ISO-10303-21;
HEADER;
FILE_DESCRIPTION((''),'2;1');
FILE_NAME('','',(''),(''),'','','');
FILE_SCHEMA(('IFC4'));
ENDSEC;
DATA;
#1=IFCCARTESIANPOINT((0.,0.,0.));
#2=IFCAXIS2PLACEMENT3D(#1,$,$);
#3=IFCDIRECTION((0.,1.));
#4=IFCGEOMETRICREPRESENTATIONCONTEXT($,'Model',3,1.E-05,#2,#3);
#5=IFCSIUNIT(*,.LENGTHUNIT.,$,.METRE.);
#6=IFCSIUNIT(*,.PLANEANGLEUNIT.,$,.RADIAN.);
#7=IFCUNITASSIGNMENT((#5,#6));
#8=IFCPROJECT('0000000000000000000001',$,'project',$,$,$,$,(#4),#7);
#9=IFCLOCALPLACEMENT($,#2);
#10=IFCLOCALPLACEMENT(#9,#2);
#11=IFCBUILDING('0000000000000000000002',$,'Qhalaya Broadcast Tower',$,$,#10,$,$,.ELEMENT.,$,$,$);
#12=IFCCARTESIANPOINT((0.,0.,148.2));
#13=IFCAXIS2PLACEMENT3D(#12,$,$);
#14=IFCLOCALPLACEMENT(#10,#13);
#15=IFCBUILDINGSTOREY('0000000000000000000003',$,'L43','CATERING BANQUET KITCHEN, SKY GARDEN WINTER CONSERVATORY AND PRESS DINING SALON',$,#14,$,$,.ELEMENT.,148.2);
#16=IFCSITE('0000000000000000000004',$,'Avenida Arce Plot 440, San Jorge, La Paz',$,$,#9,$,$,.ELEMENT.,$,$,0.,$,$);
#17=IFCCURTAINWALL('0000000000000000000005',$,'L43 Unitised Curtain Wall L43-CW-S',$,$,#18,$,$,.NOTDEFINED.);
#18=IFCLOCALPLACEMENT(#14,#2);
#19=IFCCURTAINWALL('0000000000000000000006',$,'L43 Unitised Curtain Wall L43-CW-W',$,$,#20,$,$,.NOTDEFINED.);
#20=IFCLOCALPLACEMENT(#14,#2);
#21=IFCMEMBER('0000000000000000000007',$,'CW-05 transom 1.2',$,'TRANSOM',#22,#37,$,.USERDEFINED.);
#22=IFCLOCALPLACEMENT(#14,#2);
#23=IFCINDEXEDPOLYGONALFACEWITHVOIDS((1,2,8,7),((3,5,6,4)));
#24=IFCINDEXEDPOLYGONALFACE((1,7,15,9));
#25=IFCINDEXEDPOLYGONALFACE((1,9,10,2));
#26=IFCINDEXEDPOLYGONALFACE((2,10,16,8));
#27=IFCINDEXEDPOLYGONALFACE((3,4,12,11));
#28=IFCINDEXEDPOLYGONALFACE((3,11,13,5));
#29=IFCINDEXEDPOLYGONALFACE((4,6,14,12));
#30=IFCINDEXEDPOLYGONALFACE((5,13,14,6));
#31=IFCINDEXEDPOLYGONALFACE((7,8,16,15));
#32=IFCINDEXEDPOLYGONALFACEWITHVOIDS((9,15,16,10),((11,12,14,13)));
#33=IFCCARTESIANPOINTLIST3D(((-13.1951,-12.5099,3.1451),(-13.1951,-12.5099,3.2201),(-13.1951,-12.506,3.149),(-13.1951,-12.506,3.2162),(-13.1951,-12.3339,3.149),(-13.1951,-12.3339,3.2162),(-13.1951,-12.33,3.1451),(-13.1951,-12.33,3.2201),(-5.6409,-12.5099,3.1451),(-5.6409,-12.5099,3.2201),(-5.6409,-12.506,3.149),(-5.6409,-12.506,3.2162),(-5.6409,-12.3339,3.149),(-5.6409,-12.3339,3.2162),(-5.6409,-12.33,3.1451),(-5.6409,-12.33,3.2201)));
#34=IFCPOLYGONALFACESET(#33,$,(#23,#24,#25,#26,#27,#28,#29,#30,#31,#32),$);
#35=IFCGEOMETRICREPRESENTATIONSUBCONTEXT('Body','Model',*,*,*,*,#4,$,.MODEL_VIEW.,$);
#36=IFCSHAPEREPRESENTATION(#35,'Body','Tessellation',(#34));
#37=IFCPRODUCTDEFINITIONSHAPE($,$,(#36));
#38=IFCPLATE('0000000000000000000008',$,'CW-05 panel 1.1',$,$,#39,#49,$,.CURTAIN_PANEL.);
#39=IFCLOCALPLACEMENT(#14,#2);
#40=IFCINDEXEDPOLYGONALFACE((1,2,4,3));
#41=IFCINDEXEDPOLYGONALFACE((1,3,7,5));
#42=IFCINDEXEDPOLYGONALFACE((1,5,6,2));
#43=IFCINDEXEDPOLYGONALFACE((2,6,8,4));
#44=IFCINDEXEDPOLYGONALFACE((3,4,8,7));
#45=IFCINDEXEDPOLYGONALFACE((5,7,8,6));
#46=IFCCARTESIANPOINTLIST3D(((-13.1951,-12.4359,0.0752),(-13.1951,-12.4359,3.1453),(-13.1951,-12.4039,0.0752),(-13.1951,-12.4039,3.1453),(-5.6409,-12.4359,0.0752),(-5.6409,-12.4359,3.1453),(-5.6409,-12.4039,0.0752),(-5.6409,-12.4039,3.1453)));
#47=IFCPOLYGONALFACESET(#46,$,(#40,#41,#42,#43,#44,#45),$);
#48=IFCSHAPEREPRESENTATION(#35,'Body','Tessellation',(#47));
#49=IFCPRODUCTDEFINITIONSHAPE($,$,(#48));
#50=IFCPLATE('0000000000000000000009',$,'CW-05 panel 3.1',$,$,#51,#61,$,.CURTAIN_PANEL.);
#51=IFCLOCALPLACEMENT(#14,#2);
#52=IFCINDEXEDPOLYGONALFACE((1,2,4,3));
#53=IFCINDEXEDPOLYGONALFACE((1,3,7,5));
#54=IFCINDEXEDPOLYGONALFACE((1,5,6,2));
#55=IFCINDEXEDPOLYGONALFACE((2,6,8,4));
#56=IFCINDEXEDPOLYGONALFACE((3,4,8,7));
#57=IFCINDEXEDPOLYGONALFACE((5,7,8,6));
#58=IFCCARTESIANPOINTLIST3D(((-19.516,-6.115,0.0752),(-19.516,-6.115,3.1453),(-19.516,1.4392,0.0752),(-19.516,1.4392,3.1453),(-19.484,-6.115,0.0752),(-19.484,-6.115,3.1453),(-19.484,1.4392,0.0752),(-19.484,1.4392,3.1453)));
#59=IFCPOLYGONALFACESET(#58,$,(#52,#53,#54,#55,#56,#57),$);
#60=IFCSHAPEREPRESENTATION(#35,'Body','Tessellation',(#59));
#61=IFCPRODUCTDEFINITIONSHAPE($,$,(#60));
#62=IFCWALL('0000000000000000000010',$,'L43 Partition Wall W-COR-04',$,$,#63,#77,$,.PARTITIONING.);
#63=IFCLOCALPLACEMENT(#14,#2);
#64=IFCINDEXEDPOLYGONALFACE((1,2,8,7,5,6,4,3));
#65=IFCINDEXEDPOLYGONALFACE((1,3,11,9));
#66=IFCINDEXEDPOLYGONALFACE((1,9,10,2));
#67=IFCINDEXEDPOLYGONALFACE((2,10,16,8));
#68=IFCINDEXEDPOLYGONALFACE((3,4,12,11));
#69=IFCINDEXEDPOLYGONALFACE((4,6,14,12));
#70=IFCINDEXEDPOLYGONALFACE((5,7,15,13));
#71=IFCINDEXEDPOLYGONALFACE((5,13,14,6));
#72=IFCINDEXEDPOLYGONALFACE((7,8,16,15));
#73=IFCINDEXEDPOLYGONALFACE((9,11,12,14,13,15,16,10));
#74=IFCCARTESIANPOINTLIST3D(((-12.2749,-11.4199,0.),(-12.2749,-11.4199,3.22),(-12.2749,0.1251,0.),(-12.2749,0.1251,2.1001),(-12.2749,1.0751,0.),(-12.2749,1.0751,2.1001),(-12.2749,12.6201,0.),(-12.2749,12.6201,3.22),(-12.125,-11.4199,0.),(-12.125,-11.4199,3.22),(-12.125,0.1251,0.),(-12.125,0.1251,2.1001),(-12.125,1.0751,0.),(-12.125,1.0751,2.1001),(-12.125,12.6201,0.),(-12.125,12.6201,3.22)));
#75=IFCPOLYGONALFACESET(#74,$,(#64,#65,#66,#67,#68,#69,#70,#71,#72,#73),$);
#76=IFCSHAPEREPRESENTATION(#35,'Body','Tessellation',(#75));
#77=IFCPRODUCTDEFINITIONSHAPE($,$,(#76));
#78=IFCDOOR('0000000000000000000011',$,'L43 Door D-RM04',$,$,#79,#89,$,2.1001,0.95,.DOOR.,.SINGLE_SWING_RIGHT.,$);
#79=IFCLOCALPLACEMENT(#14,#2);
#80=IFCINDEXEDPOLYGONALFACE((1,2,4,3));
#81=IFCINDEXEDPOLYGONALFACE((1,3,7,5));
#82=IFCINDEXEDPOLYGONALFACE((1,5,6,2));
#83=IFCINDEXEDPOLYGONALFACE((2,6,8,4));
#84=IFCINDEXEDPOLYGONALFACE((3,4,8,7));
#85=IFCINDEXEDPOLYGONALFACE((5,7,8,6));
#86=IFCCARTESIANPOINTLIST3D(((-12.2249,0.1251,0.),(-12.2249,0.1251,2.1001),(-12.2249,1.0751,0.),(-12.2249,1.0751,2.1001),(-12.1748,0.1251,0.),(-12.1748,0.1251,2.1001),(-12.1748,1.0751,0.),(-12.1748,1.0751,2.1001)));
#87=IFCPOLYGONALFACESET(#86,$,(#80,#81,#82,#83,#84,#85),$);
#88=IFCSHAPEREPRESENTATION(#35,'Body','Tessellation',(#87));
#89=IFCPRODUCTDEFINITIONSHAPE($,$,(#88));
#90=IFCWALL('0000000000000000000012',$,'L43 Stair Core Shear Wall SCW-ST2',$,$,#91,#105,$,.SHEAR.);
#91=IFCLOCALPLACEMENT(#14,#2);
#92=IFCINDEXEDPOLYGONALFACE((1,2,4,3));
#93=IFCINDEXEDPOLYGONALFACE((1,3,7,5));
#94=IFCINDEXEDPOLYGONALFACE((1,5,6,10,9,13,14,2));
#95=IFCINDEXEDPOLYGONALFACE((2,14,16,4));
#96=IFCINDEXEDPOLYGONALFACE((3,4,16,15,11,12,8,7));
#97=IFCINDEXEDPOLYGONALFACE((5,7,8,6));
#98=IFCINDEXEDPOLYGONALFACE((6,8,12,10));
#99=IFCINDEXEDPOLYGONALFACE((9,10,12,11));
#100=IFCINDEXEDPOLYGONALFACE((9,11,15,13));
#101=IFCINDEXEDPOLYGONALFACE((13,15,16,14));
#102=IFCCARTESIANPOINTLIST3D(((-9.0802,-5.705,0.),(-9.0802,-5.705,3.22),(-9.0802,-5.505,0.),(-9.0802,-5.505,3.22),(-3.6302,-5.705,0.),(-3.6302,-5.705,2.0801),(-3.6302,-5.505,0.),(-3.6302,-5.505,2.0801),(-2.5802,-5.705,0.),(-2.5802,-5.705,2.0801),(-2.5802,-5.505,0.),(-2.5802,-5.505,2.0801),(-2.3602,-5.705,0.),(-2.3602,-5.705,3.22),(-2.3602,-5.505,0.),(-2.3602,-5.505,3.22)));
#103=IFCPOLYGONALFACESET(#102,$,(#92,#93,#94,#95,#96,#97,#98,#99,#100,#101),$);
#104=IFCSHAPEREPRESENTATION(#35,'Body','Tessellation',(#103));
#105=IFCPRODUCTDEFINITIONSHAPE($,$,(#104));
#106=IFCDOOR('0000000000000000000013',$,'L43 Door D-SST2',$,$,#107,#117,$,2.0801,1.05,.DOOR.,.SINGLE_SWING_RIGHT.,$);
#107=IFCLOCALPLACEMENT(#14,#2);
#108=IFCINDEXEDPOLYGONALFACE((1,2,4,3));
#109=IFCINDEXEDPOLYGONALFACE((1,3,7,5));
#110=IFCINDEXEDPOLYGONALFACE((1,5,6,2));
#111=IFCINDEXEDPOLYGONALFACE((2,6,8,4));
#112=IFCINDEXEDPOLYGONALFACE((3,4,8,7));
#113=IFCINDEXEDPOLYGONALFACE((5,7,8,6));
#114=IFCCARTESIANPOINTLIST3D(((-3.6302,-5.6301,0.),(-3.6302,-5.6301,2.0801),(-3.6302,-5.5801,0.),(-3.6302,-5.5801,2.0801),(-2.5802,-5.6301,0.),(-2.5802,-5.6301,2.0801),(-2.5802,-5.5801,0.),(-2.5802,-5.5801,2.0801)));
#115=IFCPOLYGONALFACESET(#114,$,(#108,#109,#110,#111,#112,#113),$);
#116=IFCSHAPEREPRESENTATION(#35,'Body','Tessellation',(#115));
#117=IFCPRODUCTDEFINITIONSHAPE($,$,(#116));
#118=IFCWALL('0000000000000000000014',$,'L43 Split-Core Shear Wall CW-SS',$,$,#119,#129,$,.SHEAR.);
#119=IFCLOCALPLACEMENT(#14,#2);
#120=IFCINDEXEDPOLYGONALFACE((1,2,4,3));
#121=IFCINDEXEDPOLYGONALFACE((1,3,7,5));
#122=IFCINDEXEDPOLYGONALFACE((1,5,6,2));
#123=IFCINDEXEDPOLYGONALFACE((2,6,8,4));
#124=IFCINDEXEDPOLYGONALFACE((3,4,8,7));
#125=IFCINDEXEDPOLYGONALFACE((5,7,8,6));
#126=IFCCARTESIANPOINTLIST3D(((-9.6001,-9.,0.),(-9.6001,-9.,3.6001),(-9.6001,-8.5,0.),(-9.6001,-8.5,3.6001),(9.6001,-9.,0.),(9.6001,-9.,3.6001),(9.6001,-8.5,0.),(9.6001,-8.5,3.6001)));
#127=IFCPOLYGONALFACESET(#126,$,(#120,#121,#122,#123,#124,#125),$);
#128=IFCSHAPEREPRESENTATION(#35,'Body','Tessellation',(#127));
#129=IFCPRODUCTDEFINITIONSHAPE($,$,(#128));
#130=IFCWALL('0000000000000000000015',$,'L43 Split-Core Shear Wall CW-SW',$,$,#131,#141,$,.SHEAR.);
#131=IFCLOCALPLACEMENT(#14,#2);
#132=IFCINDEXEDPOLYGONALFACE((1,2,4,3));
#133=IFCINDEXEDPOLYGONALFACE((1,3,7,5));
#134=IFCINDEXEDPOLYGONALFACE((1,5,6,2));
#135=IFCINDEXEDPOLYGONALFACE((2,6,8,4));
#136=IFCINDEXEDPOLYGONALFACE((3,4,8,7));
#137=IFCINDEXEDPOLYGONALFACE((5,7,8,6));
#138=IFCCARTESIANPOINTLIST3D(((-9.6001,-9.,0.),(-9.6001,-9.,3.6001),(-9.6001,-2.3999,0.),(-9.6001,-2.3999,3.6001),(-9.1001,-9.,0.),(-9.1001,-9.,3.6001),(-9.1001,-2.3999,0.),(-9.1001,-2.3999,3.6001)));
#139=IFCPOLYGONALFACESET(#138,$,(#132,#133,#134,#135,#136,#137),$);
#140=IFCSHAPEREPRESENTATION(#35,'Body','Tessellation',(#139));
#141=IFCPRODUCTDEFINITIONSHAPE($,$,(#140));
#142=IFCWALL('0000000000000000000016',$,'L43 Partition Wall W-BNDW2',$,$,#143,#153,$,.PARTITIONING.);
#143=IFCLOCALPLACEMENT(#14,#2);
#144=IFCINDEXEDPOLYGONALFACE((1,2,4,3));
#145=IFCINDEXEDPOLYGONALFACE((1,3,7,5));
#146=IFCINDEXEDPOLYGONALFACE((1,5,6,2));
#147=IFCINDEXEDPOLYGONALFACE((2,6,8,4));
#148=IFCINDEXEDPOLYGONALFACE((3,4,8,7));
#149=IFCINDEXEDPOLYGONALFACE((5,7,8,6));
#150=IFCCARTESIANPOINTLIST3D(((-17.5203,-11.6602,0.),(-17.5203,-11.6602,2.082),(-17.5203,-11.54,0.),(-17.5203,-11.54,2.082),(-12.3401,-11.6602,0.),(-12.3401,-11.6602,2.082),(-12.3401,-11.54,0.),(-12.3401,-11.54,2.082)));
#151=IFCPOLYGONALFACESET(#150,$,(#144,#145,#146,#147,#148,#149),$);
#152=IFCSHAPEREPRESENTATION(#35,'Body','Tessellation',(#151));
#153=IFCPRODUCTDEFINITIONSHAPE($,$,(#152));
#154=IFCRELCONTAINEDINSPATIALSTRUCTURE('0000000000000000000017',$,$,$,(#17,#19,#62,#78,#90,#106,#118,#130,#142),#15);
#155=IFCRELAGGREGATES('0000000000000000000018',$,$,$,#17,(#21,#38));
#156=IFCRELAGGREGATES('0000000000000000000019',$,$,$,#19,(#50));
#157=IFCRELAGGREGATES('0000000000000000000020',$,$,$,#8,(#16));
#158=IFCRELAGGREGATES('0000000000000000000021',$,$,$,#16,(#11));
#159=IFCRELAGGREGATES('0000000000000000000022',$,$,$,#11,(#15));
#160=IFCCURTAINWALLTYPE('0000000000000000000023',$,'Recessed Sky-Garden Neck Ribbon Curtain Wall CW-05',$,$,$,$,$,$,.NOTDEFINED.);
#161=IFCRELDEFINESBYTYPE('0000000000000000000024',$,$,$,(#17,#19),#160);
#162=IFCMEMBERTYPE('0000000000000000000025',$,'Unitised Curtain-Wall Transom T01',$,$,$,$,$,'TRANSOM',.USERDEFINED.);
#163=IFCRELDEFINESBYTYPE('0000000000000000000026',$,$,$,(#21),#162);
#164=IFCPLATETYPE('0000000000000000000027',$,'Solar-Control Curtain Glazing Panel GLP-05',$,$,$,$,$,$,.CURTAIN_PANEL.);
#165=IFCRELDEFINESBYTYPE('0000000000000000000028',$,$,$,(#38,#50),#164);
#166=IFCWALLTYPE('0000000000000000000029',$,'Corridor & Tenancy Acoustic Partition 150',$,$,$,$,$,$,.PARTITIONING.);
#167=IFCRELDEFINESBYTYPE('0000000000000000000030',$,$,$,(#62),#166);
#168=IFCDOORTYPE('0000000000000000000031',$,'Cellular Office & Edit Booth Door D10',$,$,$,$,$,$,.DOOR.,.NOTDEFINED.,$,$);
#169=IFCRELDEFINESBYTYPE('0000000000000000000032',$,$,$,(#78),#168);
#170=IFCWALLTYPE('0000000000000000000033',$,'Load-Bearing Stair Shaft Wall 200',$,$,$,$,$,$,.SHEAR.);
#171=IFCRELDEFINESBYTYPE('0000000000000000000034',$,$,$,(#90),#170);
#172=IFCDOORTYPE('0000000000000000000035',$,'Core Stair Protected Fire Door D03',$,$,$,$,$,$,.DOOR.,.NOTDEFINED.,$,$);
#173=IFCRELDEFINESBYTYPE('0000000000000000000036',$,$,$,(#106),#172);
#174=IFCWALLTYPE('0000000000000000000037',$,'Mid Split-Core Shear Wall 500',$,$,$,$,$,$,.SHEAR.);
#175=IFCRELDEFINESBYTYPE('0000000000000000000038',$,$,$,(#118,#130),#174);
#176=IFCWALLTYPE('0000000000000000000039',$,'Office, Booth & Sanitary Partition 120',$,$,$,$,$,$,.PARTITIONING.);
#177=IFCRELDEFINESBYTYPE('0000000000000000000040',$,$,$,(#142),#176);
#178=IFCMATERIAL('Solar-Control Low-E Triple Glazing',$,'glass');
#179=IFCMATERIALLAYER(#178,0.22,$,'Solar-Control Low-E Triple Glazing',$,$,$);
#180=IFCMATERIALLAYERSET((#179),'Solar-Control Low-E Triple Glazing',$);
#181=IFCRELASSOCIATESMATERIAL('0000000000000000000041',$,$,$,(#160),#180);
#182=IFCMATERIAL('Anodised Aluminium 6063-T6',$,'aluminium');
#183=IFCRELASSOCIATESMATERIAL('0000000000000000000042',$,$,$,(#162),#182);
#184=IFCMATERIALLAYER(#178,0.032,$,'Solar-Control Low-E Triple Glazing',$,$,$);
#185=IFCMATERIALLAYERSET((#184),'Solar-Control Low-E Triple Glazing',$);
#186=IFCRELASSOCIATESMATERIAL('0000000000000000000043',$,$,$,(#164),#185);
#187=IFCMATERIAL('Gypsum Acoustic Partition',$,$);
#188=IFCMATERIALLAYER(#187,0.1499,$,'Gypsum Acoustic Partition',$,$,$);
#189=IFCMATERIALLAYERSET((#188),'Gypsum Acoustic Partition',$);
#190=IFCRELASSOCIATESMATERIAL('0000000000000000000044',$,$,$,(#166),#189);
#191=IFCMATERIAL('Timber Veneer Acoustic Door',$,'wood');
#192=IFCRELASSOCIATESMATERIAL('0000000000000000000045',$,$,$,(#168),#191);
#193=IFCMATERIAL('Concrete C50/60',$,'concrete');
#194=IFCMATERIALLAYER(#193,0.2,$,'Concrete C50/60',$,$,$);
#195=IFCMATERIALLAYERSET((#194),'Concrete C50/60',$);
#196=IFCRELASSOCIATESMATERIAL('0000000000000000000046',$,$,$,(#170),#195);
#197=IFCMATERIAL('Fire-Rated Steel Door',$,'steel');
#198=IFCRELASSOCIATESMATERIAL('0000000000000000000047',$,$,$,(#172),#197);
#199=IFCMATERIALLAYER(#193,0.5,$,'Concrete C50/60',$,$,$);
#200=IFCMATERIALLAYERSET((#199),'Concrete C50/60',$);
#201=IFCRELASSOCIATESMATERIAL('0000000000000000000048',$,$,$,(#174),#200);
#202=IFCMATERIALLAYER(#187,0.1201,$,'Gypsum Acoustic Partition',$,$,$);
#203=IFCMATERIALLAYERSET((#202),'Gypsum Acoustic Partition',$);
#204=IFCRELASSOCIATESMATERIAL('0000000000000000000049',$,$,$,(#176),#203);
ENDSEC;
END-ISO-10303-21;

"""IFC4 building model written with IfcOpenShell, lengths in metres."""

from ifc_helpers import new_model, si_unit, direction, frame, frame_2d, origin, origin_2d, place, context, subcontext, project, spatial, rectangle, hollow_rectangle, extrude, material, layer, layer_set, material_profile, profile_set, type_object, element, fill, aggregate, save


model = new_model("IFC4")

# Units and contexts
model_context = context("Model", 3, precision=1e-05, world=origin(), true_north=direction((0.0, 1.0)))
body_context = subcontext(model_context, "Body", "Model", "MODEL_VIEW")
ifc_project = project(units=[si_unit("LENGTHUNIT", "METRE"), si_unit("PLANEANGLEUNIT", "RADIAN")], contexts=[model_context])

# Site, building, storey
site_placement = place(None, origin())
site = spatial("IfcSite", under=ifc_project, at=site_placement, Name="Avenida Arce Plot 440, San Jorge, La Paz", CompositionType="ELEMENT", RefElevation=0.0)
building_placement = place(site_placement, origin())
building = spatial("IfcBuilding", under=site, at=building_placement, Name="Qhalaya Broadcast Tower", CompositionType="ELEMENT")
storey_placement = place(building_placement, frame((0.0, 0.0, 148.2)))
storey = spatial("IfcBuildingStorey", under=building, at=storey_placement, Name="L43", Description="CATERING BANQUET KITCHEN, SKY GARDEN WINTER CONSERVATORY AND PRESS DINING SALON", CompositionType="ELEMENT", Elevation=148.2)

# Shared definitions
ifc_material_1 = material(Name="Concrete C50/60", Category="concrete")

# Curtain walls
ifc_material_2 = material(Name="Solar-Control Low-E Triple Glazing", Category="glass")
ifc_layer_1 = layer(ifc_material_2, 0.22, Name="Solar-Control Low-E Triple Glazing")
ifc_layer_set_1 = layer_set([ifc_layer_1], Name="Solar-Control Low-E Triple Glazing")
curtain_wall_type = type_object("IfcCurtainWallType", Name="Recessed Sky-Garden Neck Ribbon Curtain Wall CW-05", PredefinedType="NOTDEFINED", material=ifc_layer_set_1)
curtain_wall_1_placement = place(storey_placement, origin())
curtain_wall_1 = element("IfcCurtainWall", 1, at=curtain_wall_1_placement, inside=storey, type_object=curtain_wall_type, Name="L43 Unitised Curtain Wall L43-CW-S", PredefinedType="NOTDEFINED")
ifc_material_3 = material(Name="Anodised Aluminium 6063-T6", Category="aluminium")
curtain_wall_2_placement = place(storey_placement, origin())
curtain_wall_2 = element("IfcCurtainWall", 2, at=curtain_wall_2_placement, inside=storey, type_object=curtain_wall_type, Name="L43 Unitised Curtain Wall L43-CW-W", PredefinedType="NOTDEFINED")

# Member
ifc_material_profile_1 = material_profile(ifc_material_3, hollow_rectangle(XDim=0.075, YDim=0.1799, WallThickness=0.0039, at=origin_2d()), Name="ALU-TRN 75x180x4")
ifc_profile_set_1 = profile_set([ifc_material_profile_1], Name="Anodised Aluminium 6063-T6")
member_type_1 = type_object("IfcMemberType", Name="Unitised Curtain-Wall Transom T01", ElementType="TRANSOM", PredefinedType="USERDEFINED", material=ifc_profile_set_1)
member_1_placement = place(storey_placement, frame((-13.1951, -12.4199, 3.1826), z_axis=(1.0, 0.0, 0.0), x_axis=(0.0, 0.0, 1.0)))
member_1 = element("IfcMember", 3, at=member_1_placement, type_object=member_type_1, Name="CW-05 transom 1.2", ObjectType="TRANSOM", PredefinedType="USERDEFINED", context=body_context, shape_type="SweptSolid", body=[
    extrude(hollow_rectangle(XDim=0.075, YDim=0.1799, WallThickness=0.0039, at=origin_2d()), origin(), (0.0, 0.0, 1.0), 7.5542),
])

# Plates
ifc_layer_2 = layer(ifc_material_2, 0.032, Name="Solar-Control Low-E Triple Glazing")
ifc_layer_set_2 = layer_set([ifc_layer_2], Name="Solar-Control Low-E Triple Glazing")
plate_type = type_object("IfcPlateType", Name="Solar-Control Curtain Glazing Panel GLP-05", PredefinedType="CURTAIN_PANEL", material=ifc_layer_set_2)
plate_1_placement = place(storey_placement, frame((-9.418, -12.4199, 0.0752), z_axis=(0.0, 0.0, 1.0), x_axis=(1.0, 0.0, 0.0)))
plate_1 = element("IfcPlate", 4, at=plate_1_placement, type_object=plate_type, Name="CW-05 panel 1.1", PredefinedType="CURTAIN_PANEL", context=body_context, shape_type="SweptSolid", body=[
    extrude(rectangle(XDim=7.5542, YDim=0.032, at=origin_2d()), origin(), (0.0, 0.0, 1.0), 3.0701),
])
aggregate(curtain_wall_1, [member_1, plate_1])
plate_2_placement = place(storey_placement, frame((-19.5, -2.3379, 0.0752), z_axis=(0.0, 0.0, 1.0), x_axis=(0.0, -1.0, 0.0)))
plate_2 = element("IfcPlate", 5, at=plate_2_placement, type_object=plate_type, Name="CW-05 panel 3.1", PredefinedType="CURTAIN_PANEL", context=body_context, shape_type="SweptSolid", body=[
    extrude(rectangle(XDim=7.5542, YDim=0.032, at=origin_2d()), origin(), (0.0, 0.0, 1.0), 3.0701),
])
aggregate(curtain_wall_2, [plate_2])

# Walls, openings, doors
ifc_material_4 = material(Name="Gypsum Acoustic Partition")
ifc_layer_3 = layer(ifc_material_4, 0.1499, Name="Gypsum Acoustic Partition")
ifc_layer_set_3 = layer_set([ifc_layer_3], Name="Gypsum Acoustic Partition")
wall_type_1 = type_object("IfcWallType", Name="Corridor & Tenancy Acoustic Partition 150", PredefinedType="PARTITIONING", material=ifc_layer_set_3)
wall_1_placement = place(storey_placement, frame((-12.2, -11.4199, 0.0), z_axis=(0.0, 0.0, 1.0), x_axis=(0.0, 1.0, 0.0)))
wall_1 = element("IfcWall", 6, at=wall_1_placement, inside=storey, type_object=wall_type_1, Name="L43 Partition Wall W-COR-04", PredefinedType="PARTITIONING", context=body_context, shape_type="SweptSolid", body=[
    extrude(rectangle(XDim=24.04, YDim=0.1499, at=frame_2d((12.02, 0.0))), origin(), (0.0, 0.0, 1.0), 3.22),
])
opening_1_placement = place(wall_1_placement, frame((11.5449, 0.0, 0.0)))
opening_1 = element("IfcOpeningElement", 7, at=opening_1_placement, cuts=wall_1, PredefinedType="OPENING", context=body_context, shape_type="SweptSolid", body=[
    extrude(rectangle(XDim=0.95, YDim=2.1001, at=frame_2d((0.4751, 1.05))), frame((0.0, 0.0869, 0.0), z_axis=(0.0, -1.0, 0.0), x_axis=(1.0, 0.0, 0.0)), (0.0, 0.0, 1.0), 0.1738),
])
ifc_material_5 = material(Name="Timber Veneer Acoustic Door", Category="wood")
door_type_1 = type_object("IfcDoorType", Name="Cellular Office & Edit Booth Door D10", OperationType="NOTDEFINED", PredefinedType="DOOR", material=ifc_material_5)
door_1_placement = place(opening_1_placement, origin())
door_1 = element("IfcDoor", 8, at=door_1_placement, inside=storey, type_object=door_type_1, Name="L43 Door D-RM04", OperationType="SINGLE_SWING_RIGHT", OverallHeight=2.1001, OverallWidth=0.95, PredefinedType="DOOR", context=body_context, shape_type="SweptSolid", body=[
    extrude(rectangle(XDim=0.95, YDim=2.1001, at=frame_2d((0.4751, 1.05))), frame((0.0, 0.0249, 0.0), z_axis=(0.0, -1.0, 0.0), x_axis=(1.0, 0.0, 0.0)), (0.0, 0.0, 1.0), 0.05),
])
fill(opening_1, door_1)
ifc_layer_4 = layer(ifc_material_1, 0.2, Name="Concrete C50/60")
ifc_layer_set_4 = layer_set([ifc_layer_4], Name="Concrete C50/60")
wall_type_2 = type_object("IfcWallType", Name="Load-Bearing Stair Shaft Wall 200", PredefinedType="SHEAR", material=ifc_layer_set_4)
wall_2_placement = place(storey_placement, frame((-9.0801, -5.605, 0.0), z_axis=(0.0, 0.0, 1.0), x_axis=(1.0, 0.0, 0.0)))
wall_2 = element("IfcWall", 9, at=wall_2_placement, inside=storey, type_object=wall_type_2, Name="L43 Stair Core Shear Wall SCW-ST2", PredefinedType="SHEAR", context=body_context, shape_type="SweptSolid", body=[
    extrude(rectangle(XDim=6.72, YDim=0.2, at=frame_2d((3.3599, 0.0))), origin(), (0.0, 0.0, 1.0), 3.22),
])
opening_2_placement = place(wall_2_placement, frame((5.45, 0.0, 0.0)))
opening_2 = element("IfcOpeningElement", 10, at=opening_2_placement, cuts=wall_2, PredefinedType="OPENING", context=body_context, shape_type="SweptSolid", body=[
    extrude(rectangle(XDim=1.05, YDim=2.0801, at=frame_2d((0.5249, 1.04))), frame((0.0, 0.1121, 0.0), z_axis=(0.0, -1.0, 0.0), x_axis=(1.0, 0.0, 0.0)), (0.0, 0.0, 1.0), 0.2239),
])
ifc_material_6 = material(Name="Fire-Rated Steel Door", Category="steel")
door_type_2 = type_object("IfcDoorType", Name="Core Stair Protected Fire Door D03", OperationType="NOTDEFINED", PredefinedType="DOOR", material=ifc_material_6)
door_2_placement = place(opening_2_placement, origin())
door_2 = element("IfcDoor", 11, at=door_2_placement, inside=storey, type_object=door_type_2, Name="L43 Door D-SST2", OperationType="SINGLE_SWING_RIGHT", OverallHeight=2.0801, OverallWidth=1.05, PredefinedType="DOOR", context=body_context, shape_type="SweptSolid", body=[
    extrude(rectangle(XDim=1.05, YDim=2.0801, at=frame_2d((0.5249, 1.04))), frame((0.0, 0.0249, 0.0), z_axis=(0.0, -1.0, 0.0), x_axis=(1.0, 0.0, 0.0)), (0.0, 0.0, 1.0), 0.05),
])
fill(opening_2, door_2)

# Wall
ifc_layer_5 = layer(ifc_material_1, 0.5, Name="Concrete C50/60")
ifc_layer_set_5 = layer_set([ifc_layer_5], Name="Concrete C50/60")
wall_type_3 = type_object("IfcWallType", Name="Mid Split-Core Shear Wall 500", PredefinedType="SHEAR", material=ifc_layer_set_5)
wall_3_placement = place(storey_placement, frame((-9.6001, -8.75, 0.0), z_axis=(0.0, 0.0, 1.0), x_axis=(1.0, 0.0, 0.0)))
element("IfcWall", 12, at=wall_3_placement, inside=storey, type_object=wall_type_3, Name="L43 Split-Core Shear Wall CW-SS", PredefinedType="SHEAR", context=body_context, shape_type="SweptSolid", body=[
    extrude(rectangle(XDim=19.2002, YDim=0.5, at=frame_2d((9.6001, 0.0))), origin(), (0.0, 0.0, 1.0), 3.6001),
])

# Walls
wall_4_placement = place(storey_placement, frame((-9.3501, -9.0, 0.0), z_axis=(0.0, 0.0, 1.0), x_axis=(0.0, 1.0, 0.0)))
element("IfcWall", 13, at=wall_4_placement, inside=storey, type_object=wall_type_3, Name="L43 Split-Core Shear Wall CW-SW", PredefinedType="SHEAR", context=body_context, shape_type="SweptSolid", body=[
    extrude(rectangle(XDim=6.6001, YDim=0.5, at=frame_2d((3.3, 0.0))), origin(), (0.0, 0.0, 1.0), 3.6001),
])
ifc_layer_6 = layer(ifc_material_4, 0.1201, Name="Gypsum Acoustic Partition")
ifc_layer_set_6 = layer_set([ifc_layer_6], Name="Gypsum Acoustic Partition")
wall_type_4 = type_object("IfcWallType", Name="Office, Booth & Sanitary Partition 120", PredefinedType="PARTITIONING", material=ifc_layer_set_6)
wall_5_placement = place(storey_placement, frame((-17.5203, -11.6001, 0.0), z_axis=(0.0, 0.0, 1.0), x_axis=(1.0, 0.0, 0.0)))
element("IfcWall", 14, at=wall_5_placement, inside=storey, type_object=wall_type_4, Name="L43 Partition Wall W-BNDW2", PredefinedType="PARTITIONING", context=body_context, shape_type="SweptSolid", body=[
    extrude(rectangle(XDim=5.1802, YDim=0.1201, at=frame_2d((2.5901, 0.0))), origin(), (0.0, 0.0, 1.0), 2.082),
])

save(model, "model.ifc")
